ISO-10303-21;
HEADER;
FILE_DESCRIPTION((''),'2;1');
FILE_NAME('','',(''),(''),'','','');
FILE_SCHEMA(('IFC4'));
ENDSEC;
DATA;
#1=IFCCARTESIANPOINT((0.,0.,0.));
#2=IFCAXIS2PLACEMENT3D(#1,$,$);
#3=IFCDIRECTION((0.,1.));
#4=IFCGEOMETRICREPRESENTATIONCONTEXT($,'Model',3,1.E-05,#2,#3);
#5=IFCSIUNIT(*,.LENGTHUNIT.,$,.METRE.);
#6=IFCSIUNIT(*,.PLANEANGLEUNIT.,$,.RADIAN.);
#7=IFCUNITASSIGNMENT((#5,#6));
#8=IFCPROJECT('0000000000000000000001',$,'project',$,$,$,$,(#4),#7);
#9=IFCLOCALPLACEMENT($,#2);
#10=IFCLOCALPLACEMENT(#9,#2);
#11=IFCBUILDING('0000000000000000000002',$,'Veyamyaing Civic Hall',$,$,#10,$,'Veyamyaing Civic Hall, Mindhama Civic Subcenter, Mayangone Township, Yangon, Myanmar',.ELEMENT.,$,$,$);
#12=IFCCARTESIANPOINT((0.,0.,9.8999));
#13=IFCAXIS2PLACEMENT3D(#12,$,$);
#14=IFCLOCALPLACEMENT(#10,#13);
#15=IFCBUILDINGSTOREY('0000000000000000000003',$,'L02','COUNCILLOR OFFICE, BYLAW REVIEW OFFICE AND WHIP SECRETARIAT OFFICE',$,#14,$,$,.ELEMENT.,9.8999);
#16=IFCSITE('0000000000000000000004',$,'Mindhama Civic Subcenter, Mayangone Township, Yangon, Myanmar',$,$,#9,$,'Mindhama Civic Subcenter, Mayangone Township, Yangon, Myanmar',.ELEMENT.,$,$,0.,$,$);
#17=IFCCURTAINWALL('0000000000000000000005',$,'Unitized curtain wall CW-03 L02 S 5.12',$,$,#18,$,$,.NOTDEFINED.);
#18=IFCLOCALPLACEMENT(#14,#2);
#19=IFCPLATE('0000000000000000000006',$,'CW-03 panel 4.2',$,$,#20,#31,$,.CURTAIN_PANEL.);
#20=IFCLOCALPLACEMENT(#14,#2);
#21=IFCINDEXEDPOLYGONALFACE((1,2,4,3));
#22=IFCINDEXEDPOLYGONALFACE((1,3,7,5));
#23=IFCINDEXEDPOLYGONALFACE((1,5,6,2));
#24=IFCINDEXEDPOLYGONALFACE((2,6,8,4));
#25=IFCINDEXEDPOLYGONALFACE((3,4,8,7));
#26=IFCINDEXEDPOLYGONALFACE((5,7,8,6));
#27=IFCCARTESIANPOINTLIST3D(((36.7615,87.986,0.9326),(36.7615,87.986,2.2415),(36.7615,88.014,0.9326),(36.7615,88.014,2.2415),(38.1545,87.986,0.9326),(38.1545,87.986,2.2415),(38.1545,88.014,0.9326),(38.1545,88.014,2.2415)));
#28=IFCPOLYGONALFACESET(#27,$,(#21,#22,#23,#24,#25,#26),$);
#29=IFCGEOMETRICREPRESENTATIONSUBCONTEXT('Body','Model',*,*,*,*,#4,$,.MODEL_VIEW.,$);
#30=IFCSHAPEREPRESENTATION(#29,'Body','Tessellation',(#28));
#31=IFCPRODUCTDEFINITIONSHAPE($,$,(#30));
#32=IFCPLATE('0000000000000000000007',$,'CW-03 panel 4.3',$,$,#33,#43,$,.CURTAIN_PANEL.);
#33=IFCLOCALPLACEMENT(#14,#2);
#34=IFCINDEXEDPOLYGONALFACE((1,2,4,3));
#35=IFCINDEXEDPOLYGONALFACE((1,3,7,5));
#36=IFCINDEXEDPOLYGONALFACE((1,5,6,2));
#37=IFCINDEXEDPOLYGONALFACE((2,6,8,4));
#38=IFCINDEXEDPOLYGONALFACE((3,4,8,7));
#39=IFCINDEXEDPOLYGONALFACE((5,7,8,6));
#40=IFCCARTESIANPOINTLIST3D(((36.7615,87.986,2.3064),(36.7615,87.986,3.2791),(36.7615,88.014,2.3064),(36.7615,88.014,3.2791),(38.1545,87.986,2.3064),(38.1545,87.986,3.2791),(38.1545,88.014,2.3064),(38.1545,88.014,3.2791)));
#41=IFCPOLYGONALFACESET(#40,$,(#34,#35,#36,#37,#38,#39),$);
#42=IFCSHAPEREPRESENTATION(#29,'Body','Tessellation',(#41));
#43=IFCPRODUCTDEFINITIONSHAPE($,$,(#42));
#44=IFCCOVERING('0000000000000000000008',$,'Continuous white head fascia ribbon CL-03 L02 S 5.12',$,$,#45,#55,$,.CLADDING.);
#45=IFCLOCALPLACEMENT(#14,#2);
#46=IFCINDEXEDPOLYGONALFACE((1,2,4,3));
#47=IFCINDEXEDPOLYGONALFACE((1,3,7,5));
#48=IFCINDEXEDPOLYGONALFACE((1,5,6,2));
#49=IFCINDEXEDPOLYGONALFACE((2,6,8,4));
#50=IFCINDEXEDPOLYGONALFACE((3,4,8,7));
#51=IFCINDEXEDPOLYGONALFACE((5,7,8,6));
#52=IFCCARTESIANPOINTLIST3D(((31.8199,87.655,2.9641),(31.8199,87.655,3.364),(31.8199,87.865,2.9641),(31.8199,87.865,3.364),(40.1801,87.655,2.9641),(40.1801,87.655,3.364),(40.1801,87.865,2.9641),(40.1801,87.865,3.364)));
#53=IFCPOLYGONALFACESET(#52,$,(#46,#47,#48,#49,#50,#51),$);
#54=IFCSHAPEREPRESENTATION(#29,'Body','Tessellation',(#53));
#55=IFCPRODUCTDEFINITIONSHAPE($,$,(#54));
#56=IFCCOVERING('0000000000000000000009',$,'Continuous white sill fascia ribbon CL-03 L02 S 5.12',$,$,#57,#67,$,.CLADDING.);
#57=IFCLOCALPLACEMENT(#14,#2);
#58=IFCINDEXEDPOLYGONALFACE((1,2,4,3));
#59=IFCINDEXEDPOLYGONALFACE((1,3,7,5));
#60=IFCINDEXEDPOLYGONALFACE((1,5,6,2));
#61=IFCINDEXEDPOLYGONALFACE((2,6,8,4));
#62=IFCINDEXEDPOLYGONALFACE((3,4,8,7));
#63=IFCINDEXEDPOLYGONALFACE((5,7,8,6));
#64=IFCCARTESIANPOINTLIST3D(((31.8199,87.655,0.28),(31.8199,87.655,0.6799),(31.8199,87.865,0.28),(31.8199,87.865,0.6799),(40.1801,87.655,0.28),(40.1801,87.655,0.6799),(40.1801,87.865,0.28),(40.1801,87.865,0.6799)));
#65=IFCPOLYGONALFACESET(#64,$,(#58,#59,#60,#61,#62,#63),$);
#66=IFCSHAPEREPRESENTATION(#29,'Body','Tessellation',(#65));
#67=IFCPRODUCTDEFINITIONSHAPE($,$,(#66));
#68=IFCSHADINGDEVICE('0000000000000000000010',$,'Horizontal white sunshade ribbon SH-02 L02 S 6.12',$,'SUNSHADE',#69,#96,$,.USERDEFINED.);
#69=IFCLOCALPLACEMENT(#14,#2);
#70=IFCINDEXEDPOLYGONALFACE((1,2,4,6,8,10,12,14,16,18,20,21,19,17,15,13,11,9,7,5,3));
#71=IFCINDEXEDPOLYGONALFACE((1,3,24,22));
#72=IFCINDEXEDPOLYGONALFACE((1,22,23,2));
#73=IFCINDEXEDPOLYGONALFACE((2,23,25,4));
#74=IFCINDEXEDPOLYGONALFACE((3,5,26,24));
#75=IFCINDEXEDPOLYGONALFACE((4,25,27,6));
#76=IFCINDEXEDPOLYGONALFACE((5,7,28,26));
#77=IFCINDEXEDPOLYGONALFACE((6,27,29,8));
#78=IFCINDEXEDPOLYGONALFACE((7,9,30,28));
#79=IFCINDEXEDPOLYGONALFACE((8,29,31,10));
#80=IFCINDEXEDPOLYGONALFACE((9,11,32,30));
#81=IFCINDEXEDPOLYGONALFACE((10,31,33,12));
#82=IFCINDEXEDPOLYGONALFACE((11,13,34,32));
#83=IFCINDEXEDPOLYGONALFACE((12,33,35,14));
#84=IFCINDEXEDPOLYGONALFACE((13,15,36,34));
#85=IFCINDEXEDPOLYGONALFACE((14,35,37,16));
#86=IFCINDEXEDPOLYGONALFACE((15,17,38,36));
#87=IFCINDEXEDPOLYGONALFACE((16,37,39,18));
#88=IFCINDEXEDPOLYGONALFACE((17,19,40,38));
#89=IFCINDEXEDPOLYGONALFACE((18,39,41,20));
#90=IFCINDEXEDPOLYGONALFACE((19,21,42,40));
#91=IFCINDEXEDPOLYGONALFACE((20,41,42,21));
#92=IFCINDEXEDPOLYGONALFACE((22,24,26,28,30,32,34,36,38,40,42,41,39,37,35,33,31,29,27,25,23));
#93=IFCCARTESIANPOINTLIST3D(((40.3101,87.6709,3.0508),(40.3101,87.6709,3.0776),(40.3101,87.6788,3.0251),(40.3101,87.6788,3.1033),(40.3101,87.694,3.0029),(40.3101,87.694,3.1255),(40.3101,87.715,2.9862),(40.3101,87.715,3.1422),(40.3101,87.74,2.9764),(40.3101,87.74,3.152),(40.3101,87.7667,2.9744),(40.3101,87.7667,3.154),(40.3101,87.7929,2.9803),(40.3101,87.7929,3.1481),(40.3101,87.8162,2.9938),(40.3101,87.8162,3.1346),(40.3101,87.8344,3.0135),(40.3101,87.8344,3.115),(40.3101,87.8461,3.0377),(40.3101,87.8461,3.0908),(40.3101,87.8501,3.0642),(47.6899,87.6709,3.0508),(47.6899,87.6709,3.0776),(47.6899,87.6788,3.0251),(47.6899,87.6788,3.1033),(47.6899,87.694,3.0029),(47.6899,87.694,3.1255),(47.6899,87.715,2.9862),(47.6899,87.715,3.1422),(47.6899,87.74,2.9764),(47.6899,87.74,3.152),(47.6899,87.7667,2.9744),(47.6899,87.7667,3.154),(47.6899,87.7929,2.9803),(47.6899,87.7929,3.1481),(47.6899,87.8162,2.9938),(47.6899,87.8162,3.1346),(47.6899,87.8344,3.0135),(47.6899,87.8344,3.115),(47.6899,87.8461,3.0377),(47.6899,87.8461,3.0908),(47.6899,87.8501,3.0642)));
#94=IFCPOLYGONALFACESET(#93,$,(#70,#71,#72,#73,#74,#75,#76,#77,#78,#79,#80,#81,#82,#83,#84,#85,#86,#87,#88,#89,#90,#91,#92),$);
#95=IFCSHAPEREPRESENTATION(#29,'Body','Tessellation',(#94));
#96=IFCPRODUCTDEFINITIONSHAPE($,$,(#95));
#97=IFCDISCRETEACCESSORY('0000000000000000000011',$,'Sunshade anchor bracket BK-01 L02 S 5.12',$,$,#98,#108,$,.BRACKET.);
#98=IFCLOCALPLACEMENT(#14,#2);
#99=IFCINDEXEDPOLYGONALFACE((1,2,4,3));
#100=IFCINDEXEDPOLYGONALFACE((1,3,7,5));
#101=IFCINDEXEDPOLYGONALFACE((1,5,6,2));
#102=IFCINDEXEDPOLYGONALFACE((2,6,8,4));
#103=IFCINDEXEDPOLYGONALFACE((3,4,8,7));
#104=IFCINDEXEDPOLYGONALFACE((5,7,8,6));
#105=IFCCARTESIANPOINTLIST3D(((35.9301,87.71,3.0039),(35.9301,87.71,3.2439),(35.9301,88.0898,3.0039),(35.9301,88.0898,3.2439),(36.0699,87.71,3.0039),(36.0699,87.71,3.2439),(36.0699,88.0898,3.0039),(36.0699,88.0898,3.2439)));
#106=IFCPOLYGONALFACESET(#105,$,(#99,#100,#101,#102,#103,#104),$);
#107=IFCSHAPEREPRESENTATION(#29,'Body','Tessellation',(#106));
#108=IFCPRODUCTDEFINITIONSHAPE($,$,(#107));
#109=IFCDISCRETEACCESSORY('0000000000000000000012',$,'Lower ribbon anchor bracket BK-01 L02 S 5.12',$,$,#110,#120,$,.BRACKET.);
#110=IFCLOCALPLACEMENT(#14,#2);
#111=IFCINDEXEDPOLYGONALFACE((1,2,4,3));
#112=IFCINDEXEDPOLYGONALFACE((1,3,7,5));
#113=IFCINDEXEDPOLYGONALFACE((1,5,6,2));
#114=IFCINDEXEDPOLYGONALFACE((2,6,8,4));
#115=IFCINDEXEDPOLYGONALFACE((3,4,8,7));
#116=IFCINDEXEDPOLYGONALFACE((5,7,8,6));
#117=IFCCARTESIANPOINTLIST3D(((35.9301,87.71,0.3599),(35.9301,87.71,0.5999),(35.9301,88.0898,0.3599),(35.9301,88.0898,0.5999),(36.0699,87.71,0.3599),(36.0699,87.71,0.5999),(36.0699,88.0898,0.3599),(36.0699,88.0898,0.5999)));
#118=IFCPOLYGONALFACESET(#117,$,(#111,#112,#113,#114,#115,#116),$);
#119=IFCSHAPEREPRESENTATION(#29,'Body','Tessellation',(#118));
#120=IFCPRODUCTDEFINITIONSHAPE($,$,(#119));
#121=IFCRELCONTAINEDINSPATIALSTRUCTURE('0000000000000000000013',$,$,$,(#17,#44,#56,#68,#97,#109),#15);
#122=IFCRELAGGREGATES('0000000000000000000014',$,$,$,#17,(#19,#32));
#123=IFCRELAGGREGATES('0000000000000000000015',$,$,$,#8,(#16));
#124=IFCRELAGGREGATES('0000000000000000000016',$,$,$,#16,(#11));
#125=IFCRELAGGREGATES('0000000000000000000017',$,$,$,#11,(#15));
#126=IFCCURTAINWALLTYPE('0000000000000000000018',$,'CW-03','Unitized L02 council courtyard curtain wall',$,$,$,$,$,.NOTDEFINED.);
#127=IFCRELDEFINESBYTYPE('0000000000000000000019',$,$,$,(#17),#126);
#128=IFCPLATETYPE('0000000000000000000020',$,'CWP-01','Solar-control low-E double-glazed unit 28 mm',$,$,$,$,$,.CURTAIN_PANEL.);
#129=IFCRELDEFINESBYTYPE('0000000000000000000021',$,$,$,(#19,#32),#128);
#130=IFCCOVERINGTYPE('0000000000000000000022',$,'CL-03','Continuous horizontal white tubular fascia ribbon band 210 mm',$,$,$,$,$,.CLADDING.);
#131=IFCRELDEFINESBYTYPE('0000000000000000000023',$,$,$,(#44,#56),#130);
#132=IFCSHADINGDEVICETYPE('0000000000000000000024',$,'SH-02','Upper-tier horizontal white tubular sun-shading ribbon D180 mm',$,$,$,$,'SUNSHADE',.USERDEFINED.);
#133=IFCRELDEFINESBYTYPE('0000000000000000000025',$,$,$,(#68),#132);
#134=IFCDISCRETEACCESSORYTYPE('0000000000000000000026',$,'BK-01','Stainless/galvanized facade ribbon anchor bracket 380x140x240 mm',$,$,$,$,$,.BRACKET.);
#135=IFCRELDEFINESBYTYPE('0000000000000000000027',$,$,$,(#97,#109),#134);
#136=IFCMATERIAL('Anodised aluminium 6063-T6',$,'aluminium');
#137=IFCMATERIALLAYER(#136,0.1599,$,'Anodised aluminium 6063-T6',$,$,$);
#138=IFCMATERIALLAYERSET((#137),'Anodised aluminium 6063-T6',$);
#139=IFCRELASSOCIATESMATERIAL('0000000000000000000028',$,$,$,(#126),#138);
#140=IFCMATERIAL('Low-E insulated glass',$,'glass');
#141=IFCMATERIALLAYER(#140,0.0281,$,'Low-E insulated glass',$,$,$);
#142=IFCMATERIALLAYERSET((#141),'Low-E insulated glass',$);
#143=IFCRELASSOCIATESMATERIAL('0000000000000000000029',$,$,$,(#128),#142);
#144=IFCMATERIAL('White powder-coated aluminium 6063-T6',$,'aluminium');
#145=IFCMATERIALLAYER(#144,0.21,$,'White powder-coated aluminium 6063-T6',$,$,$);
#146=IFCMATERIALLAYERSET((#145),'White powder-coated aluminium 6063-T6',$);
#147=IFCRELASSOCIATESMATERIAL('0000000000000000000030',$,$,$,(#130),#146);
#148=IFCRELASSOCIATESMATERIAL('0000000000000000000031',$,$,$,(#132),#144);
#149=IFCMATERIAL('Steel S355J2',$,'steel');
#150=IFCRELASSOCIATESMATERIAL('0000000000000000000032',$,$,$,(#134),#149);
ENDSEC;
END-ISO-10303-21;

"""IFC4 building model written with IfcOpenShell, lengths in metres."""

from ifc_helpers import new_model, si_unit, direction, frame, origin, origin_2d, place, context, subcontext, project, spatial, rectangle, circle, extrude, material, layer, layer_set, material_profile, profile_set, type_object, element, aggregate, save


model = new_model("IFC4")

# Units and contexts
model_context = context("Model", 3, precision=1e-05, world=origin(), true_north=direction((0.0, 1.0)))
body_context = subcontext(model_context, "Body", "Model", "MODEL_VIEW")
ifc_project = project(units=[si_unit("LENGTHUNIT", "METRE"), si_unit("PLANEANGLEUNIT", "RADIAN")], contexts=[model_context])

# Site, building, storey
site_placement = place(None, origin())
site = spatial("IfcSite", under=ifc_project, at=site_placement, Name="Mindhama Civic Subcenter, Mayangone Township, Yangon, Myanmar", LongName="Mindhama Civic Subcenter, Mayangone Township, Yangon, Myanmar", CompositionType="ELEMENT", RefElevation=0.0)
building_placement = place(site_placement, origin())
building = spatial("IfcBuilding", under=site, at=building_placement, Name="Veyamyaing Civic Hall", LongName="Veyamyaing Civic Hall, Mindhama Civic Subcenter, Mayangone Township, Yangon, Myanmar", CompositionType="ELEMENT")
storey_placement = place(building_placement, frame((0.0, 0.0, 9.8999)))
storey = spatial("IfcBuildingStorey", under=building, at=storey_placement, Name="L02", Description="COUNCILLOR OFFICE, BYLAW REVIEW OFFICE AND WHIP SECRETARIAT OFFICE", CompositionType="ELEMENT", Elevation=9.8999)

# Curtain wall, plates
ifc_material_1 = material(Name="Anodised aluminium 6063-T6", Category="aluminium")
ifc_layer_1 = layer(ifc_material_1, 0.1599, Name="Anodised aluminium 6063-T6")
ifc_layer_set_1 = layer_set([ifc_layer_1], Name="Anodised aluminium 6063-T6")
curtain_wall_type = type_object("IfcCurtainWallType", Name="CW-03", Description="Unitized L02 council courtyard curtain wall", PredefinedType="NOTDEFINED", material=ifc_layer_set_1)
curtain_wall_placement = place(storey_placement, origin())
curtain_wall = element("IfcCurtainWall", 1, at=curtain_wall_placement, inside=storey, type_object=curtain_wall_type, Name="Unitized curtain wall CW-03 L02 S 5.12", PredefinedType="NOTDEFINED")
ifc_material_2 = material(Name="Low-E insulated glass", Category="glass")
ifc_layer_2 = layer(ifc_material_2, 0.0281, Name="Low-E insulated glass")
ifc_layer_set_2 = layer_set([ifc_layer_2], Name="Low-E insulated glass")
plate_type = type_object("IfcPlateType", Name="CWP-01", Description="Solar-control low-E double-glazed unit 28 mm", PredefinedType="CURTAIN_PANEL", material=ifc_layer_set_2)
plate_1_placement = place(storey_placement, frame((37.458, 88.0, 0.9326), z_axis=(0.0, 0.0, 1.0), x_axis=(1.0, 0.0, 0.0)))
plate_1 = element("IfcPlate", 2, at=plate_1_placement, type_object=plate_type, Name="CW-03 panel 4.2", PredefinedType="CURTAIN_PANEL", context=body_context, shape_type="SweptSolid", body=[
    extrude(rectangle(XDim=1.3931, YDim=0.0281, at=origin_2d()), origin(), (0.0, 0.0, 1.0), 1.3088),
])
plate_2_placement = place(storey_placement, frame((37.458, 88.0, 2.3064), z_axis=(0.0, 0.0, 1.0), x_axis=(1.0, 0.0, 0.0)))
plate_2 = element("IfcPlate", 3, at=plate_2_placement, type_object=plate_type, Name="CW-03 panel 4.3", PredefinedType="CURTAIN_PANEL", context=body_context, shape_type="SweptSolid", body=[
    extrude(rectangle(XDim=1.3931, YDim=0.0281, at=origin_2d()), origin(), (0.0, 0.0, 1.0), 0.9727),
])
aggregate(curtain_wall, [plate_1, plate_2])

# Coverings
ifc_material_3 = material(Name="White powder-coated aluminium 6063-T6", Category="aluminium")
ifc_layer_3 = layer(ifc_material_3, 0.21, Name="White powder-coated aluminium 6063-T6")
ifc_layer_set_3 = layer_set([ifc_layer_3], Name="White powder-coated aluminium 6063-T6")
covering_type = type_object("IfcCoveringType", Name="CL-03", Description="Continuous horizontal white tubular fascia ribbon band 210 mm", PredefinedType="CLADDING", material=ifc_layer_set_3)
for number, where, z_axis, x_axis, name in (
    (4, (36.0, 87.76, 2.9641), (0.0, 0.0, 1.0), (1.0, 0.0, 0.0), "Continuous white head fascia ribbon CL-03 L02 S 5.12"),
    (5, (36.0, 87.76, 0.28), (0.0, 0.0, 1.0), (1.0, 0.0, 0.0), "Continuous white sill fascia ribbon CL-03 L02 S 5.12"),
):
    element("IfcCovering", number, at=place(storey_placement, frame(where, z_axis=z_axis, x_axis=x_axis)), inside=storey, type_object=covering_type, Name=name, PredefinedType="CLADDING", context=body_context, shape_type="SweptSolid", body=[
        extrude(rectangle(XDim=8.3601, YDim=0.21, at=origin_2d()), origin(), (0.0, 0.0, 1.0), 0.3999),
    ])

# Shading device
ifc_material_profile_1 = material_profile(ifc_material_3, circle(Radius=0.0901, at=origin_2d()), Name="SHADE-TUBE-180")
ifc_profile_set_1 = profile_set([ifc_material_profile_1], Name="White powder-coated aluminium 6063-T6")
shading_device_type = type_object("IfcShadingDeviceType", Name="SH-02", Description="Upper-tier horizontal white tubular sun-shading ribbon D180 mm", ElementType="SUNSHADE", PredefinedType="USERDEFINED", material=ifc_profile_set_1)
shading_device_placement = place(storey_placement, frame((40.3101, 87.76, 3.0642), z_axis=(1.0, 0.0, 0.0), x_axis=(0.0, 1.0, 0.0)))
element("IfcShadingDevice", 6, at=shading_device_placement, inside=storey, type_object=shading_device_type, Name="Horizontal white sunshade ribbon SH-02 L02 S 6.12", ObjectType="SUNSHADE", PredefinedType="USERDEFINED", context=body_context, shape_type="SweptSolid", body=[
    extrude(circle(Radius=0.0901, at=origin_2d()), origin(), (0.0, 0.0, 1.0), 7.3799),
])

# Discrete accessories
ifc_material_4 = material(Name="Steel S355J2", Category="steel")
discrete_accessory_type = type_object("IfcDiscreteAccessoryType", Name="BK-01", Description="Stainless/galvanized facade ribbon anchor bracket 380x140x240 mm", PredefinedType="BRACKET", material=ifc_material_4)
for number, where, z_axis, x_axis, name in (
    (7, (36.0, 87.8999, 3.0039), (0.0, 0.0, 1.0), (0.0, -1.0, 0.0), "Sunshade anchor bracket BK-01 L02 S 5.12"),
    (8, (36.0, 87.8999, 0.3599), (0.0, 0.0, 1.0), (0.0, -1.0, 0.0), "Lower ribbon anchor bracket BK-01 L02 S 5.12"),
):
    element("IfcDiscreteAccessory", number, at=place(storey_placement, frame(where, z_axis=z_axis, x_axis=x_axis)), inside=storey, type_object=discrete_accessory_type, Name=name, PredefinedType="BRACKET", context=body_context, shape_type="SweptSolid", body=[
        extrude(rectangle(XDim=0.3799, YDim=0.1399, at=origin_2d()), origin(), (0.0, 0.0, 1.0), 0.24),
    ])

save(model, "model.ifc")
